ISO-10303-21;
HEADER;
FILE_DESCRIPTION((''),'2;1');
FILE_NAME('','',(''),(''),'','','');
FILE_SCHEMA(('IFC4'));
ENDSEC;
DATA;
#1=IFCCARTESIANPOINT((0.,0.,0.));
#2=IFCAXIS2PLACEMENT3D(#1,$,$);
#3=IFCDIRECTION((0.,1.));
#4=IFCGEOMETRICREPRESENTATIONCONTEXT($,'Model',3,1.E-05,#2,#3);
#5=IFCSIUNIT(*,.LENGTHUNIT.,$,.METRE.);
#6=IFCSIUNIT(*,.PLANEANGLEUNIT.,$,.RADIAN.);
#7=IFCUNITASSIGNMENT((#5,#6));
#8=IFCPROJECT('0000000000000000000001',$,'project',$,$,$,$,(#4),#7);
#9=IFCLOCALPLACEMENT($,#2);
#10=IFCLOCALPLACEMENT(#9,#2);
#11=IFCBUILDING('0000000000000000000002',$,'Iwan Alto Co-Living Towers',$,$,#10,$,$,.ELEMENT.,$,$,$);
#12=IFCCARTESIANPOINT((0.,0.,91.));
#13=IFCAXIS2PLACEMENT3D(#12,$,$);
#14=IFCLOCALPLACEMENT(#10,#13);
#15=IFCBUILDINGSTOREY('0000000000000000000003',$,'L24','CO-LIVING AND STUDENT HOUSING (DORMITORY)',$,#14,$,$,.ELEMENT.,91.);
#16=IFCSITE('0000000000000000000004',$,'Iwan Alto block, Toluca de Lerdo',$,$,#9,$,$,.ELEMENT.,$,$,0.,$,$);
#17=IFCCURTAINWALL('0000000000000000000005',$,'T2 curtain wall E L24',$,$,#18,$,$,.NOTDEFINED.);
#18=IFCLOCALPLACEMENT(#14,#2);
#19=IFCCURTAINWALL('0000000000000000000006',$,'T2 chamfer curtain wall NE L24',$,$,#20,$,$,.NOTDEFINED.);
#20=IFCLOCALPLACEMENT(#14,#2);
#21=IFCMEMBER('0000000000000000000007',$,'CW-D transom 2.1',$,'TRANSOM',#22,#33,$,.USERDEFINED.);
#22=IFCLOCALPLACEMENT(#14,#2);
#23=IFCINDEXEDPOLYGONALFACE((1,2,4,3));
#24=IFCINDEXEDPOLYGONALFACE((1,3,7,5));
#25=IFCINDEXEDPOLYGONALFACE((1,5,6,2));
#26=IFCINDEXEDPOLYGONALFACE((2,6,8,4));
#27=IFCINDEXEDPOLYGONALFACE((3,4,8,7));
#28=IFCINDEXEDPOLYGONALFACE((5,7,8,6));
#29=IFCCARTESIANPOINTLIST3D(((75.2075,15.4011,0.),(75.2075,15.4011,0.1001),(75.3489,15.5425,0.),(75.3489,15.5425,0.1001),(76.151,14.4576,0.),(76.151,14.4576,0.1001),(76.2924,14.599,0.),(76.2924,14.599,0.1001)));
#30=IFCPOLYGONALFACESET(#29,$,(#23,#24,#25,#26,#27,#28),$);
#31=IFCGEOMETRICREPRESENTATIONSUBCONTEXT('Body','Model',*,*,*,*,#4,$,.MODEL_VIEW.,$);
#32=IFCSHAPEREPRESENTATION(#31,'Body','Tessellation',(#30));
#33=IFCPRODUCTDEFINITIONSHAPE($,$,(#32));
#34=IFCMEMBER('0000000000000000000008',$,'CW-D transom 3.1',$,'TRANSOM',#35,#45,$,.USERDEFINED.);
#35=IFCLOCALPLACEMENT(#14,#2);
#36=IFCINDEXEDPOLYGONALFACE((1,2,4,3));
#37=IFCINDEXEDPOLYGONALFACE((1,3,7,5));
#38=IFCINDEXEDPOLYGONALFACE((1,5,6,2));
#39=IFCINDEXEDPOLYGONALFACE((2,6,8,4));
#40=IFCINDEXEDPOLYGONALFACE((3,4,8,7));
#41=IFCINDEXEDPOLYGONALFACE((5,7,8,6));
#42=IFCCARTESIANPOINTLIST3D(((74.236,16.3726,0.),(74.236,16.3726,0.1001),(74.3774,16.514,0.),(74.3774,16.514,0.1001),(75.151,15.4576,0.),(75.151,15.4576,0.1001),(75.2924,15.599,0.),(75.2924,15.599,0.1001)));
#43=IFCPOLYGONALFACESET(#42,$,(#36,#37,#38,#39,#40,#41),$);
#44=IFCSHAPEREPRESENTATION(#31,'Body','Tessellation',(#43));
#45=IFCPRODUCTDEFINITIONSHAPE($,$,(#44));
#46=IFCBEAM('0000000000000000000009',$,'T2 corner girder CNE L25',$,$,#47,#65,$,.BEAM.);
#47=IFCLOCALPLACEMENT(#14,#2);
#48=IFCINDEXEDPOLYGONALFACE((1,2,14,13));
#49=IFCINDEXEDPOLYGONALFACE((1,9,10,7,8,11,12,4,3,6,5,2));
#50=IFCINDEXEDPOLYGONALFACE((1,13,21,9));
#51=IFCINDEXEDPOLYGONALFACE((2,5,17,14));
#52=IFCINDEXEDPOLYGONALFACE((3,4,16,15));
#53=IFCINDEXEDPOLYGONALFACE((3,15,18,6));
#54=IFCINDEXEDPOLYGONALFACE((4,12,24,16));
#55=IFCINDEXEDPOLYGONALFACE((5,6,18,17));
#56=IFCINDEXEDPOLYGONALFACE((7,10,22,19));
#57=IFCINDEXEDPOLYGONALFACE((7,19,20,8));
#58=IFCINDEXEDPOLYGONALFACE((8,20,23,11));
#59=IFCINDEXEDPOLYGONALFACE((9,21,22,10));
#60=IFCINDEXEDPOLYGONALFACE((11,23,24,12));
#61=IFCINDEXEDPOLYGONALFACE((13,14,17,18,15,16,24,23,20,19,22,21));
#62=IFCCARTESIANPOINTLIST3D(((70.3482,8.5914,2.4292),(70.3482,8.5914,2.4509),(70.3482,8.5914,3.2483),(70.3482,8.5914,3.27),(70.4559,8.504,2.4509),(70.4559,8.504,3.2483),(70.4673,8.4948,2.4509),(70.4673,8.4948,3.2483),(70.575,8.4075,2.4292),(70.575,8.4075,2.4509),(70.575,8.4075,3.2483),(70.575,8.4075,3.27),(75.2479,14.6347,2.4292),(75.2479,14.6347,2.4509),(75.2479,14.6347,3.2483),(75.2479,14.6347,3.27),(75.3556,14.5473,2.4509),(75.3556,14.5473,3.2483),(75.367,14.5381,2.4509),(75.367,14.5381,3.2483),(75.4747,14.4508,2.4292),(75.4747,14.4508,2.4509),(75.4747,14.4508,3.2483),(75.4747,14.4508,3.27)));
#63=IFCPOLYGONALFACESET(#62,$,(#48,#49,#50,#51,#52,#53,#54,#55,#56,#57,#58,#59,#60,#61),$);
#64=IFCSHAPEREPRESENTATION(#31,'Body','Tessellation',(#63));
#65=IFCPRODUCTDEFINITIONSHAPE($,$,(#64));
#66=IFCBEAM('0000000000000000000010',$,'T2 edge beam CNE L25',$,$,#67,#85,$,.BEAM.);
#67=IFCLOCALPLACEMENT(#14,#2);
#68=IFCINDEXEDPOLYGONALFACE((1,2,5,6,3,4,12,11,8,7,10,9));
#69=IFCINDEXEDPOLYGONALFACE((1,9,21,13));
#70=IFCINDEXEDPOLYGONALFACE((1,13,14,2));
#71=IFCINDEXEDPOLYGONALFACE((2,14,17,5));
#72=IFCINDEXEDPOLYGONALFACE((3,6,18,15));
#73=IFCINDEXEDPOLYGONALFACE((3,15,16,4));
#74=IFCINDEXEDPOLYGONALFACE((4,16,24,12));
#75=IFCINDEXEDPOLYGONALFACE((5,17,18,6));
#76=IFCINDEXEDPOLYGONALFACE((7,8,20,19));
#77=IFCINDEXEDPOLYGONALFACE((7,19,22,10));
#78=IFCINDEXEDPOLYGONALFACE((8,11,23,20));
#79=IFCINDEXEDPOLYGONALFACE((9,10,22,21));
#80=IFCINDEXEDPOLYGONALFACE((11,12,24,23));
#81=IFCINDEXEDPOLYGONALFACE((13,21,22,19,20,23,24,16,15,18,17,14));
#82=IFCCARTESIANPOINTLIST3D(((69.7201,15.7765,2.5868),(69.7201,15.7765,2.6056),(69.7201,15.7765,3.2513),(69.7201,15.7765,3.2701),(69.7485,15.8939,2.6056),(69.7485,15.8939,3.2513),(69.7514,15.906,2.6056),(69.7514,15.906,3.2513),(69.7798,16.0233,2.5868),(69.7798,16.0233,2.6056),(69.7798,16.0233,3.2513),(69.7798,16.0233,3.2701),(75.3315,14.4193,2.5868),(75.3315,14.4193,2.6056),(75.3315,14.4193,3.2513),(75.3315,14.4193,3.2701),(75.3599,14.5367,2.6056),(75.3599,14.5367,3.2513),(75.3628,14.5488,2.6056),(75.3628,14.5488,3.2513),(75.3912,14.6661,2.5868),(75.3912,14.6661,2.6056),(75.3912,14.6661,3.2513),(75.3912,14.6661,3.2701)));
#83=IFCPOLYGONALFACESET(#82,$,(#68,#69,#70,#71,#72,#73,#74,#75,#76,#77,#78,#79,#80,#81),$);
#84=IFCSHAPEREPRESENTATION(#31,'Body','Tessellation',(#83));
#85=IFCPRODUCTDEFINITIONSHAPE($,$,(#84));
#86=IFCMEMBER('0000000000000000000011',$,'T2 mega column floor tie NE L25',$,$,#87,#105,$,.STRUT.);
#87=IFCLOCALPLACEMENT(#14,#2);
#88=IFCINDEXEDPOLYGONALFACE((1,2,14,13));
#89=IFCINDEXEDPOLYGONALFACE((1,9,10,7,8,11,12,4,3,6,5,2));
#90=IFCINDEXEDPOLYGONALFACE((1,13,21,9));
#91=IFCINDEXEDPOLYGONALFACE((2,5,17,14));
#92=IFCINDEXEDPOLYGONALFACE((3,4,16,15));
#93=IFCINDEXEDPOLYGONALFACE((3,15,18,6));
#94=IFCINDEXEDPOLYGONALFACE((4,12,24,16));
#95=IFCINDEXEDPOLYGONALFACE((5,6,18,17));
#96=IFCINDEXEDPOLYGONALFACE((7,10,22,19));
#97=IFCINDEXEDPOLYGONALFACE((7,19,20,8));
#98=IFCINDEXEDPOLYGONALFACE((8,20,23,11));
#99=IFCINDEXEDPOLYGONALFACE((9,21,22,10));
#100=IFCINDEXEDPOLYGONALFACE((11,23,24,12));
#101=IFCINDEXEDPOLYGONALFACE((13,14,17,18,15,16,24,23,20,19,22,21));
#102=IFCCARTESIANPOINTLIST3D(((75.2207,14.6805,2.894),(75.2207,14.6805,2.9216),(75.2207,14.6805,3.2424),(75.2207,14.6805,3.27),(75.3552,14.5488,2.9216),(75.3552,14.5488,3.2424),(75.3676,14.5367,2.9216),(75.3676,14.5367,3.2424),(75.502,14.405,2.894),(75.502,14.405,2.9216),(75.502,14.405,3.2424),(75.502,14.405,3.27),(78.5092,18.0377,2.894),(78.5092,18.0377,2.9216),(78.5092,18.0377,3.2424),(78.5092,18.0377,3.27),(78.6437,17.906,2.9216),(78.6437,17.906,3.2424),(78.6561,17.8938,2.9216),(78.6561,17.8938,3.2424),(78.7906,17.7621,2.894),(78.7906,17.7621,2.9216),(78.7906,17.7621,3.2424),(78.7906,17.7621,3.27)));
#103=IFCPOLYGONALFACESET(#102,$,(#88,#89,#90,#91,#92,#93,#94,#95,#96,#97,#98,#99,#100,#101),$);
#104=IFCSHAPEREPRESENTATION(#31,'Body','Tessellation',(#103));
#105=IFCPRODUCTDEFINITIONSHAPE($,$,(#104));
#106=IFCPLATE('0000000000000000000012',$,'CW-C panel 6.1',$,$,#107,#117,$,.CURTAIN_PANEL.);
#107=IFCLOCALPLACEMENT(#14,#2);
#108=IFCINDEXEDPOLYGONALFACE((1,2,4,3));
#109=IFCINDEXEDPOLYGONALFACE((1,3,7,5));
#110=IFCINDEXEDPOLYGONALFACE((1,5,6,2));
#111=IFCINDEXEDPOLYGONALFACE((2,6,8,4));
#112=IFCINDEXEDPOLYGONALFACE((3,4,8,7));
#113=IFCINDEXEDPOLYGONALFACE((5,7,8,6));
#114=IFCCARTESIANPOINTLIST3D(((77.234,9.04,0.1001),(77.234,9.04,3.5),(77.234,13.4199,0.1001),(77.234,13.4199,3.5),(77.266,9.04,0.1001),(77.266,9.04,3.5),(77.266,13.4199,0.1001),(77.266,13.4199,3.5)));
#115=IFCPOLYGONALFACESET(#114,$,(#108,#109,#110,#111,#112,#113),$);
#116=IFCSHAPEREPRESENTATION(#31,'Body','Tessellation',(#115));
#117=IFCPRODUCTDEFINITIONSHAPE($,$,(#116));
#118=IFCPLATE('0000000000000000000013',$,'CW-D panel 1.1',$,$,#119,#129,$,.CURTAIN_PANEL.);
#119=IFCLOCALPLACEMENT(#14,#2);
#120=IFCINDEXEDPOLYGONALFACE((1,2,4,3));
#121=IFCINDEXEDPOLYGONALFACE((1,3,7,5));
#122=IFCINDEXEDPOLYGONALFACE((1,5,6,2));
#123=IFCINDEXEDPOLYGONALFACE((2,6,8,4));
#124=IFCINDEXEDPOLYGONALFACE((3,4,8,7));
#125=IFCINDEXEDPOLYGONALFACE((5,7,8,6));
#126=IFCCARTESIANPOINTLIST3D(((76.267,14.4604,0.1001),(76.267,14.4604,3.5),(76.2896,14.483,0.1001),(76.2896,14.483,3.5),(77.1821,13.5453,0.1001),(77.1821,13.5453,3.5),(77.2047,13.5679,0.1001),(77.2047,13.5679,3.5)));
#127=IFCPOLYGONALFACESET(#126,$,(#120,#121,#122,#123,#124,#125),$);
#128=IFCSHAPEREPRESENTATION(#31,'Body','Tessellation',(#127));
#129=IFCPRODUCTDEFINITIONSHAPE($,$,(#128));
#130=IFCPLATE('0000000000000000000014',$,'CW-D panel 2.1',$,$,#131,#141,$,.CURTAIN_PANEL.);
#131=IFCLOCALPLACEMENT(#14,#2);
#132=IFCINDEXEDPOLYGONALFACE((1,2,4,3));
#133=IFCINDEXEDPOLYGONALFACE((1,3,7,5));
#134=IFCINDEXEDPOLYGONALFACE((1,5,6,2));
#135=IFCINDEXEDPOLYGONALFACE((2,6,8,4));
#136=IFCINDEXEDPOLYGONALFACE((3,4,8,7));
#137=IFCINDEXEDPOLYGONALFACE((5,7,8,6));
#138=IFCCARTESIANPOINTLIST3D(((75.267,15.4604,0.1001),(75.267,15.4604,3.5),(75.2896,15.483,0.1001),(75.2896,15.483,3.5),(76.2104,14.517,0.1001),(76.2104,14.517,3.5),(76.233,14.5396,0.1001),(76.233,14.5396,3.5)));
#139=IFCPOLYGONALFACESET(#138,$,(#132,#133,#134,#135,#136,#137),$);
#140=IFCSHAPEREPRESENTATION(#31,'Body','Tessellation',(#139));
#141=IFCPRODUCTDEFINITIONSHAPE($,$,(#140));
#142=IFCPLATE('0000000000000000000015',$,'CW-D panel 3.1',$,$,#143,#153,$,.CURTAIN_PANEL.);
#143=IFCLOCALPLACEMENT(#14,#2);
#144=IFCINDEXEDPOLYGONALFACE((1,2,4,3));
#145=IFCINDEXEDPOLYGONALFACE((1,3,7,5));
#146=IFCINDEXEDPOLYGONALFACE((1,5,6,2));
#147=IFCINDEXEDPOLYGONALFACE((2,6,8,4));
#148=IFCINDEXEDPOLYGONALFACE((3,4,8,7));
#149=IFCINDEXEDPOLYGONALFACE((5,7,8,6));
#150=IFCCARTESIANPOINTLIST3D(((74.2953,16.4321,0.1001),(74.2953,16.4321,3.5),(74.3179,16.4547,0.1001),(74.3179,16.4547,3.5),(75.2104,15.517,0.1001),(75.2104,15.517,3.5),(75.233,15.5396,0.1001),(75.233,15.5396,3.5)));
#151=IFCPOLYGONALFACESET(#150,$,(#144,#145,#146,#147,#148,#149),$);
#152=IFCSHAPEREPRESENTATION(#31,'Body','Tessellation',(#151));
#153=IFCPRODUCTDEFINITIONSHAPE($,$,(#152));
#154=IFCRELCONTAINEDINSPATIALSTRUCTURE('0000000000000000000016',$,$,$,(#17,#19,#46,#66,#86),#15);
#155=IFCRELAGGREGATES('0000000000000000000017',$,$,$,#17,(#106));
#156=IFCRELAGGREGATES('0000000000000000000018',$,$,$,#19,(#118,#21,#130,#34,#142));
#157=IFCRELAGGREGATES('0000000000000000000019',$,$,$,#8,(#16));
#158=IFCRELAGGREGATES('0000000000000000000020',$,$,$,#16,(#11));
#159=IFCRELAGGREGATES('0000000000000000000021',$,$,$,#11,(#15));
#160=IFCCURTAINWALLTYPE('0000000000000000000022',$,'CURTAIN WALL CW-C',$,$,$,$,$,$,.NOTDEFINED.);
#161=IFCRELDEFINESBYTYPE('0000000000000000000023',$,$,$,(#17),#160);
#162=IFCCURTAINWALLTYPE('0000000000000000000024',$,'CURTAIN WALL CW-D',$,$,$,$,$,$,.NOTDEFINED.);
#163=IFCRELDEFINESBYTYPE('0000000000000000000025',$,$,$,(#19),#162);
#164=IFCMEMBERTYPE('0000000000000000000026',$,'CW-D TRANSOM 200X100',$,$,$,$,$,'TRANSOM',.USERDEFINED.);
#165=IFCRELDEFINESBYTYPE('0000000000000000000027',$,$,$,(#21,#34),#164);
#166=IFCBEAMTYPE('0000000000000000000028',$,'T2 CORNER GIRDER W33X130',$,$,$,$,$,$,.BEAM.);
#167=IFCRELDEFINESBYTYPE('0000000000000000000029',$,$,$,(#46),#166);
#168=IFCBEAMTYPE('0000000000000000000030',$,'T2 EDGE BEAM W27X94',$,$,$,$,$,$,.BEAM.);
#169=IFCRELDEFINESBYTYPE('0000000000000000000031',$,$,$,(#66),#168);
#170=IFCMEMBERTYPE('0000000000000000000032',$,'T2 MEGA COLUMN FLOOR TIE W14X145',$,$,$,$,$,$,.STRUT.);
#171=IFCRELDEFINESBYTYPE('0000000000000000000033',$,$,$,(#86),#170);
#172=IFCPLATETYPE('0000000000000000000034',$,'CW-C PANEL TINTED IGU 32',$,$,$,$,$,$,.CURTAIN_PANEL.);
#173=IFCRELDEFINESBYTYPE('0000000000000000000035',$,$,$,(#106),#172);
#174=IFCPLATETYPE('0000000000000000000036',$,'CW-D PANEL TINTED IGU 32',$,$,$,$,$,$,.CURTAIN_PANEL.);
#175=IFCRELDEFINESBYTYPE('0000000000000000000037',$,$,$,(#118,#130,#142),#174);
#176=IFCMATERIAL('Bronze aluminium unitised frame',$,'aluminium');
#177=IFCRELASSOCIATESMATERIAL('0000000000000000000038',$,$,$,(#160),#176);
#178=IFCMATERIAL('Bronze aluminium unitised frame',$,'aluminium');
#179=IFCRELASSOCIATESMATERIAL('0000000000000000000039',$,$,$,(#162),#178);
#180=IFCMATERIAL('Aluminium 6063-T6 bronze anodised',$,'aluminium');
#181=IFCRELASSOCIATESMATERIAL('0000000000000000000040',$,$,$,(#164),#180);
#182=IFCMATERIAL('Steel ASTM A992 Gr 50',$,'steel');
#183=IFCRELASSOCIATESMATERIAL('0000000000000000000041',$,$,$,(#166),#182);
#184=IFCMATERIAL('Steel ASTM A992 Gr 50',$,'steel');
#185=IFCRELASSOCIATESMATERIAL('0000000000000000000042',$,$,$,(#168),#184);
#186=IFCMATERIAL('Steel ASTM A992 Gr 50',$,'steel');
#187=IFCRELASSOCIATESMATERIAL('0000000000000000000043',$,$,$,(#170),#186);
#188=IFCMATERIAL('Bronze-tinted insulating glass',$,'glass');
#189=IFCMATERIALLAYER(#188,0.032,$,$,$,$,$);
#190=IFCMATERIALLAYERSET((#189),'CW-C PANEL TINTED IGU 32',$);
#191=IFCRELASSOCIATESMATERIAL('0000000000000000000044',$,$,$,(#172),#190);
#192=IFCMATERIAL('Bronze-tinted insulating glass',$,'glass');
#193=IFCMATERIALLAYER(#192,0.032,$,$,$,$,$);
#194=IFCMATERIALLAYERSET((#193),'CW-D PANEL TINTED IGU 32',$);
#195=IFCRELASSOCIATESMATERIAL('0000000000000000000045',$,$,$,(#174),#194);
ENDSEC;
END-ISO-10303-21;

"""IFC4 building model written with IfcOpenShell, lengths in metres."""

from ifc_helpers import new_model, si_unit, direction, frame, origin, origin_2d, place, context, subcontext, project, spatial, rectangle, i_section, extrude, material, layer, layer_set, material_profile, profile_set, type_object, element, aggregate, save


model = new_model("IFC4")

# Units and contexts
model_context = context("Model", 3, precision=1e-05, world=origin(), true_north=direction((0.0, 1.0)))
body_context = subcontext(model_context, "Body", "Model", "MODEL_VIEW")
ifc_project = project(units=[si_unit("LENGTHUNIT", "METRE"), si_unit("PLANEANGLEUNIT", "RADIAN")], contexts=[model_context])

# Site, building, storey
site_placement = place(None, origin())
site = spatial("IfcSite", under=ifc_project, at=site_placement, Name="Iwan Alto block, Toluca de Lerdo", CompositionType="ELEMENT", RefElevation=0.0)
building_placement = place(site_placement, origin())
building = spatial("IfcBuilding", under=site, at=building_placement, Name="Iwan Alto Co-Living Towers", CompositionType="ELEMENT")
storey_placement = place(building_placement, frame((0.0, 0.0, 91.0)))
storey = spatial("IfcBuildingStorey", under=building, at=storey_placement, Name="L24", Description="CO-LIVING AND STUDENT HOUSING (DORMITORY)", CompositionType="ELEMENT", Elevation=91.0)

# Curtain wall
ifc_material_1 = material(Name="Bronze aluminium unitised frame", Category="aluminium")
curtain_wall_type_1 = type_object("IfcCurtainWallType", Name="CURTAIN WALL CW-C", PredefinedType="NOTDEFINED", material=ifc_material_1)
curtain_wall_1_placement = place(storey_placement, origin())
curtain_wall_1 = element("IfcCurtainWall", 1, at=curtain_wall_1_placement, inside=storey, type_object=curtain_wall_type_1, Name="T2 curtain wall E L24", PredefinedType="NOTDEFINED")

# Curtain wall, members
ifc_material_2 = material(Name="Bronze aluminium unitised frame", Category="aluminium")
curtain_wall_type_2 = type_object("IfcCurtainWallType", Name="CURTAIN WALL CW-D", PredefinedType="NOTDEFINED", material=ifc_material_2)
curtain_wall_2_placement = place(storey_placement, origin())
curtain_wall_2 = element("IfcCurtainWall", 2, at=curtain_wall_2_placement, inside=storey, type_object=curtain_wall_type_2, Name="T2 chamfer curtain wall NE L24", PredefinedType="NOTDEFINED")
ifc_material_3 = material(Name="Aluminium 6063-T6 bronze anodised", Category="aluminium")
ifc_material_profile_1 = material_profile(ifc_material_3, rectangle(XDim=0.2, YDim=0.1001, at=origin_2d()), Name="AL 200X100")
ifc_profile_set_1 = profile_set([ifc_material_profile_1], Name="Aluminium 6063-T6 bronze anodised")
member_type_1 = type_object("IfcMemberType", Name="CW-D TRANSOM 200X100", ElementType="TRANSOM", PredefinedType="USERDEFINED", material=ifc_profile_set_1)
member_1_placement = place(storey_placement, frame((76.2217, 14.5283, 0.05), z_axis=(-0.707107, 0.707107, 0.0), x_axis=(-0.707107, -0.707107, 0.0)))
member_1 = element("IfcMember", 3, at=member_1_placement, type_object=member_type_1, Name="CW-D transom 2.1", ObjectType="TRANSOM", PredefinedType="USERDEFINED", context=body_context, shape_type="SweptSolid", body=[
    extrude(rectangle(XDim=0.2, YDim=0.1001, at=origin_2d()), origin(), (0.0, 0.0, 1.0), 1.3342),
])
member_2_placement = place(storey_placement, frame((75.2217, 15.5283, 0.05), z_axis=(-0.707107, 0.707107, 0.0), x_axis=(-0.707107, -0.707107, 0.0)))
member_2 = element("IfcMember", 4, at=member_2_placement, type_object=member_type_1, Name="CW-D transom 3.1", ObjectType="TRANSOM", PredefinedType="USERDEFINED", context=body_context, shape_type="SweptSolid", body=[
    extrude(rectangle(XDim=0.2, YDim=0.1001, at=origin_2d()), origin(), (0.0, 0.0, 1.0), 1.2939),
])

# Beams
ifc_material_4 = material(Name="Steel ASTM A992 Gr 50", Category="steel")
ifc_material_profile_2 = material_profile(ifc_material_4, i_section(OverallWidth=0.292, OverallDepth=0.8408, WebThickness=0.0146, FlangeThickness=0.0217, at=origin_2d()), Name="W33X130")
ifc_profile_set_2 = profile_set([ifc_material_profile_2], Name="Steel ASTM A992 Gr 50")
beam_type_1 = type_object("IfcBeamType", Name="T2 CORNER GIRDER W33X130", PredefinedType="BEAM", material=ifc_profile_set_2)
beam_1_placement = place(storey_placement, frame((75.3613, 14.5427, 2.8496), z_axis=(-0.629783, -0.776771, 0.0), x_axis=(0.776771, -0.629783, 0.0)))
element("IfcBeam", 5, at=beam_1_placement, inside=storey, type_object=beam_type_1, Name="T2 corner girder CNE L25", PredefinedType="BEAM", context=body_context, shape_type="SweptSolid", body=[
    extrude(i_section(OverallWidth=0.292, OverallDepth=0.8408, WebThickness=0.0146, FlangeThickness=0.0217, at=origin_2d()), origin(), (0.0, 0.0, 1.0), 7.78),
])
ifc_material_5 = material(Name="Steel ASTM A992 Gr 50", Category="steel")
ifc_material_profile_3 = material_profile(ifc_material_5, i_section(OverallWidth=0.2539, OverallDepth=0.6833, WebThickness=0.0125, FlangeThickness=0.0188, at=origin_2d()), Name="W27X94")
ifc_profile_set_3 = profile_set([ifc_material_profile_3], Name="Steel ASTM A992 Gr 50")
beam_type_2 = type_object("IfcBeamType", Name="T2 EDGE BEAM W27X94", PredefinedType="BEAM", material=ifc_profile_set_3)
beam_2_placement = place(storey_placement, frame((75.3613, 14.5427, 2.9285), z_axis=(-0.971975, 0.235086, 0.0), x_axis=(-0.235086, -0.971975, 0.0)))
element("IfcBeam", 6, at=beam_2_placement, inside=storey, type_object=beam_type_2, Name="T2 edge beam CNE L25", PredefinedType="BEAM", context=body_context, shape_type="SweptSolid", body=[
    extrude(i_section(OverallWidth=0.2539, OverallDepth=0.6833, WebThickness=0.0125, FlangeThickness=0.0188, at=origin_2d()), origin(), (0.0, 0.0, 1.0), 5.7732),
])

# Member
ifc_material_6 = material(Name="Steel ASTM A992 Gr 50", Category="steel")
ifc_material_profile_4 = material_profile(ifc_material_6, i_section(OverallWidth=0.3938, OverallDepth=0.376, WebThickness=0.0173, FlangeThickness=0.0276, at=origin_2d()), Name="W14X145")
ifc_profile_set_4 = profile_set([ifc_material_profile_4], Name="Steel ASTM A992 Gr 50")
member_type_2 = type_object("IfcMemberType", Name="T2 MEGA COLUMN FLOOR TIE W14X145", PredefinedType="STRUT", material=ifc_profile_set_4)
member_3_placement = place(storey_placement, frame((78.6499, 17.8999, 3.082), z_axis=(-0.69977, -0.714368, 0.0), x_axis=(0.714368, -0.69977, 0.0)))
element("IfcMember", 7, at=member_3_placement, inside=storey, type_object=member_type_2, Name="T2 mega column floor tie NE L25", PredefinedType="STRUT", context=body_context, shape_type="SweptSolid", body=[
    extrude(i_section(OverallWidth=0.3938, OverallDepth=0.376, WebThickness=0.0173, FlangeThickness=0.0276, at=origin_2d()), origin(), (0.0, 0.0, 1.0), 4.6995),
])

# Plates
ifc_material_7 = material(Name="Bronze-tinted insulating glass", Category="glass")
ifc_layer_1 = layer(ifc_material_7, 0.032)
ifc_layer_set_1 = layer_set([ifc_layer_1], Name="CW-C PANEL TINTED IGU 32")
plate_type_1 = type_object("IfcPlateType", Name="CW-C PANEL TINTED IGU 32", PredefinedType="CURTAIN_PANEL", material=ifc_layer_set_1)
plate_1_placement = place(storey_placement, frame((77.25, 11.23, 0.1001), z_axis=(0.0, 0.0, 1.0), x_axis=(0.0, 1.0, 0.0)))
plate_1 = element("IfcPlate", 8, at=plate_1_placement, type_object=plate_type_1, Name="CW-C panel 6.1", PredefinedType="CURTAIN_PANEL", context=body_context, shape_type="SweptSolid", body=[
    extrude(rectangle(XDim=4.3799, YDim=0.032, at=origin_2d()), origin(), (0.0, 0.0, 1.0), 3.3999),
])
aggregate(curtain_wall_1, [plate_1])
ifc_material_8 = material(Name="Bronze-tinted insulating glass", Category="glass")
ifc_layer_2 = layer(ifc_material_8, 0.032)
ifc_layer_set_2 = layer_set([ifc_layer_2], Name="CW-D PANEL TINTED IGU 32")
plate_type_2 = type_object("IfcPlateType", Name="CW-D PANEL TINTED IGU 32", PredefinedType="CURTAIN_PANEL", material=ifc_layer_set_2)
plate_2_placement = place(storey_placement, frame((76.7358, 14.0142, 0.1001), z_axis=(0.0, 0.0, 1.0), x_axis=(-0.707107, 0.707107, 0.0)))
plate_2 = element("IfcPlate", 9, at=plate_2_placement, type_object=plate_type_2, Name="CW-D panel 1.1", PredefinedType="CURTAIN_PANEL", context=body_context, shape_type="SweptSolid", body=[
    extrude(rectangle(XDim=1.2942, YDim=0.032, at=origin_2d()), origin(), (0.0, 0.0, 1.0), 3.3999),
])
plate_3_placement = place(storey_placement, frame((75.75, 15.0, 0.1001), z_axis=(0.0, 0.0, 1.0), x_axis=(-0.707107, 0.707107, 0.0)))
plate_3 = element("IfcPlate", 10, at=plate_3_placement, type_object=plate_type_2, Name="CW-D panel 2.1", PredefinedType="CURTAIN_PANEL", context=body_context, shape_type="SweptSolid", body=[
    extrude(rectangle(XDim=1.3342, YDim=0.032, at=origin_2d()), origin(), (0.0, 0.0, 1.0), 3.3999),
])
plate_4_placement = place(storey_placement, frame((74.7642, 15.9858, 0.1001), z_axis=(0.0, 0.0, 1.0), x_axis=(-0.707107, 0.707107, 0.0)))
plate_4 = element("IfcPlate", 11, at=plate_4_placement, type_object=plate_type_2, Name="CW-D panel 3.1", PredefinedType="CURTAIN_PANEL", context=body_context, shape_type="SweptSolid", body=[
    extrude(rectangle(XDim=1.2942, YDim=0.032, at=origin_2d()), origin(), (0.0, 0.0, 1.0), 3.3999),
])
aggregate(curtain_wall_2, [plate_2, member_1, plate_3, member_2, plate_4])

save(model, "model.ifc")
